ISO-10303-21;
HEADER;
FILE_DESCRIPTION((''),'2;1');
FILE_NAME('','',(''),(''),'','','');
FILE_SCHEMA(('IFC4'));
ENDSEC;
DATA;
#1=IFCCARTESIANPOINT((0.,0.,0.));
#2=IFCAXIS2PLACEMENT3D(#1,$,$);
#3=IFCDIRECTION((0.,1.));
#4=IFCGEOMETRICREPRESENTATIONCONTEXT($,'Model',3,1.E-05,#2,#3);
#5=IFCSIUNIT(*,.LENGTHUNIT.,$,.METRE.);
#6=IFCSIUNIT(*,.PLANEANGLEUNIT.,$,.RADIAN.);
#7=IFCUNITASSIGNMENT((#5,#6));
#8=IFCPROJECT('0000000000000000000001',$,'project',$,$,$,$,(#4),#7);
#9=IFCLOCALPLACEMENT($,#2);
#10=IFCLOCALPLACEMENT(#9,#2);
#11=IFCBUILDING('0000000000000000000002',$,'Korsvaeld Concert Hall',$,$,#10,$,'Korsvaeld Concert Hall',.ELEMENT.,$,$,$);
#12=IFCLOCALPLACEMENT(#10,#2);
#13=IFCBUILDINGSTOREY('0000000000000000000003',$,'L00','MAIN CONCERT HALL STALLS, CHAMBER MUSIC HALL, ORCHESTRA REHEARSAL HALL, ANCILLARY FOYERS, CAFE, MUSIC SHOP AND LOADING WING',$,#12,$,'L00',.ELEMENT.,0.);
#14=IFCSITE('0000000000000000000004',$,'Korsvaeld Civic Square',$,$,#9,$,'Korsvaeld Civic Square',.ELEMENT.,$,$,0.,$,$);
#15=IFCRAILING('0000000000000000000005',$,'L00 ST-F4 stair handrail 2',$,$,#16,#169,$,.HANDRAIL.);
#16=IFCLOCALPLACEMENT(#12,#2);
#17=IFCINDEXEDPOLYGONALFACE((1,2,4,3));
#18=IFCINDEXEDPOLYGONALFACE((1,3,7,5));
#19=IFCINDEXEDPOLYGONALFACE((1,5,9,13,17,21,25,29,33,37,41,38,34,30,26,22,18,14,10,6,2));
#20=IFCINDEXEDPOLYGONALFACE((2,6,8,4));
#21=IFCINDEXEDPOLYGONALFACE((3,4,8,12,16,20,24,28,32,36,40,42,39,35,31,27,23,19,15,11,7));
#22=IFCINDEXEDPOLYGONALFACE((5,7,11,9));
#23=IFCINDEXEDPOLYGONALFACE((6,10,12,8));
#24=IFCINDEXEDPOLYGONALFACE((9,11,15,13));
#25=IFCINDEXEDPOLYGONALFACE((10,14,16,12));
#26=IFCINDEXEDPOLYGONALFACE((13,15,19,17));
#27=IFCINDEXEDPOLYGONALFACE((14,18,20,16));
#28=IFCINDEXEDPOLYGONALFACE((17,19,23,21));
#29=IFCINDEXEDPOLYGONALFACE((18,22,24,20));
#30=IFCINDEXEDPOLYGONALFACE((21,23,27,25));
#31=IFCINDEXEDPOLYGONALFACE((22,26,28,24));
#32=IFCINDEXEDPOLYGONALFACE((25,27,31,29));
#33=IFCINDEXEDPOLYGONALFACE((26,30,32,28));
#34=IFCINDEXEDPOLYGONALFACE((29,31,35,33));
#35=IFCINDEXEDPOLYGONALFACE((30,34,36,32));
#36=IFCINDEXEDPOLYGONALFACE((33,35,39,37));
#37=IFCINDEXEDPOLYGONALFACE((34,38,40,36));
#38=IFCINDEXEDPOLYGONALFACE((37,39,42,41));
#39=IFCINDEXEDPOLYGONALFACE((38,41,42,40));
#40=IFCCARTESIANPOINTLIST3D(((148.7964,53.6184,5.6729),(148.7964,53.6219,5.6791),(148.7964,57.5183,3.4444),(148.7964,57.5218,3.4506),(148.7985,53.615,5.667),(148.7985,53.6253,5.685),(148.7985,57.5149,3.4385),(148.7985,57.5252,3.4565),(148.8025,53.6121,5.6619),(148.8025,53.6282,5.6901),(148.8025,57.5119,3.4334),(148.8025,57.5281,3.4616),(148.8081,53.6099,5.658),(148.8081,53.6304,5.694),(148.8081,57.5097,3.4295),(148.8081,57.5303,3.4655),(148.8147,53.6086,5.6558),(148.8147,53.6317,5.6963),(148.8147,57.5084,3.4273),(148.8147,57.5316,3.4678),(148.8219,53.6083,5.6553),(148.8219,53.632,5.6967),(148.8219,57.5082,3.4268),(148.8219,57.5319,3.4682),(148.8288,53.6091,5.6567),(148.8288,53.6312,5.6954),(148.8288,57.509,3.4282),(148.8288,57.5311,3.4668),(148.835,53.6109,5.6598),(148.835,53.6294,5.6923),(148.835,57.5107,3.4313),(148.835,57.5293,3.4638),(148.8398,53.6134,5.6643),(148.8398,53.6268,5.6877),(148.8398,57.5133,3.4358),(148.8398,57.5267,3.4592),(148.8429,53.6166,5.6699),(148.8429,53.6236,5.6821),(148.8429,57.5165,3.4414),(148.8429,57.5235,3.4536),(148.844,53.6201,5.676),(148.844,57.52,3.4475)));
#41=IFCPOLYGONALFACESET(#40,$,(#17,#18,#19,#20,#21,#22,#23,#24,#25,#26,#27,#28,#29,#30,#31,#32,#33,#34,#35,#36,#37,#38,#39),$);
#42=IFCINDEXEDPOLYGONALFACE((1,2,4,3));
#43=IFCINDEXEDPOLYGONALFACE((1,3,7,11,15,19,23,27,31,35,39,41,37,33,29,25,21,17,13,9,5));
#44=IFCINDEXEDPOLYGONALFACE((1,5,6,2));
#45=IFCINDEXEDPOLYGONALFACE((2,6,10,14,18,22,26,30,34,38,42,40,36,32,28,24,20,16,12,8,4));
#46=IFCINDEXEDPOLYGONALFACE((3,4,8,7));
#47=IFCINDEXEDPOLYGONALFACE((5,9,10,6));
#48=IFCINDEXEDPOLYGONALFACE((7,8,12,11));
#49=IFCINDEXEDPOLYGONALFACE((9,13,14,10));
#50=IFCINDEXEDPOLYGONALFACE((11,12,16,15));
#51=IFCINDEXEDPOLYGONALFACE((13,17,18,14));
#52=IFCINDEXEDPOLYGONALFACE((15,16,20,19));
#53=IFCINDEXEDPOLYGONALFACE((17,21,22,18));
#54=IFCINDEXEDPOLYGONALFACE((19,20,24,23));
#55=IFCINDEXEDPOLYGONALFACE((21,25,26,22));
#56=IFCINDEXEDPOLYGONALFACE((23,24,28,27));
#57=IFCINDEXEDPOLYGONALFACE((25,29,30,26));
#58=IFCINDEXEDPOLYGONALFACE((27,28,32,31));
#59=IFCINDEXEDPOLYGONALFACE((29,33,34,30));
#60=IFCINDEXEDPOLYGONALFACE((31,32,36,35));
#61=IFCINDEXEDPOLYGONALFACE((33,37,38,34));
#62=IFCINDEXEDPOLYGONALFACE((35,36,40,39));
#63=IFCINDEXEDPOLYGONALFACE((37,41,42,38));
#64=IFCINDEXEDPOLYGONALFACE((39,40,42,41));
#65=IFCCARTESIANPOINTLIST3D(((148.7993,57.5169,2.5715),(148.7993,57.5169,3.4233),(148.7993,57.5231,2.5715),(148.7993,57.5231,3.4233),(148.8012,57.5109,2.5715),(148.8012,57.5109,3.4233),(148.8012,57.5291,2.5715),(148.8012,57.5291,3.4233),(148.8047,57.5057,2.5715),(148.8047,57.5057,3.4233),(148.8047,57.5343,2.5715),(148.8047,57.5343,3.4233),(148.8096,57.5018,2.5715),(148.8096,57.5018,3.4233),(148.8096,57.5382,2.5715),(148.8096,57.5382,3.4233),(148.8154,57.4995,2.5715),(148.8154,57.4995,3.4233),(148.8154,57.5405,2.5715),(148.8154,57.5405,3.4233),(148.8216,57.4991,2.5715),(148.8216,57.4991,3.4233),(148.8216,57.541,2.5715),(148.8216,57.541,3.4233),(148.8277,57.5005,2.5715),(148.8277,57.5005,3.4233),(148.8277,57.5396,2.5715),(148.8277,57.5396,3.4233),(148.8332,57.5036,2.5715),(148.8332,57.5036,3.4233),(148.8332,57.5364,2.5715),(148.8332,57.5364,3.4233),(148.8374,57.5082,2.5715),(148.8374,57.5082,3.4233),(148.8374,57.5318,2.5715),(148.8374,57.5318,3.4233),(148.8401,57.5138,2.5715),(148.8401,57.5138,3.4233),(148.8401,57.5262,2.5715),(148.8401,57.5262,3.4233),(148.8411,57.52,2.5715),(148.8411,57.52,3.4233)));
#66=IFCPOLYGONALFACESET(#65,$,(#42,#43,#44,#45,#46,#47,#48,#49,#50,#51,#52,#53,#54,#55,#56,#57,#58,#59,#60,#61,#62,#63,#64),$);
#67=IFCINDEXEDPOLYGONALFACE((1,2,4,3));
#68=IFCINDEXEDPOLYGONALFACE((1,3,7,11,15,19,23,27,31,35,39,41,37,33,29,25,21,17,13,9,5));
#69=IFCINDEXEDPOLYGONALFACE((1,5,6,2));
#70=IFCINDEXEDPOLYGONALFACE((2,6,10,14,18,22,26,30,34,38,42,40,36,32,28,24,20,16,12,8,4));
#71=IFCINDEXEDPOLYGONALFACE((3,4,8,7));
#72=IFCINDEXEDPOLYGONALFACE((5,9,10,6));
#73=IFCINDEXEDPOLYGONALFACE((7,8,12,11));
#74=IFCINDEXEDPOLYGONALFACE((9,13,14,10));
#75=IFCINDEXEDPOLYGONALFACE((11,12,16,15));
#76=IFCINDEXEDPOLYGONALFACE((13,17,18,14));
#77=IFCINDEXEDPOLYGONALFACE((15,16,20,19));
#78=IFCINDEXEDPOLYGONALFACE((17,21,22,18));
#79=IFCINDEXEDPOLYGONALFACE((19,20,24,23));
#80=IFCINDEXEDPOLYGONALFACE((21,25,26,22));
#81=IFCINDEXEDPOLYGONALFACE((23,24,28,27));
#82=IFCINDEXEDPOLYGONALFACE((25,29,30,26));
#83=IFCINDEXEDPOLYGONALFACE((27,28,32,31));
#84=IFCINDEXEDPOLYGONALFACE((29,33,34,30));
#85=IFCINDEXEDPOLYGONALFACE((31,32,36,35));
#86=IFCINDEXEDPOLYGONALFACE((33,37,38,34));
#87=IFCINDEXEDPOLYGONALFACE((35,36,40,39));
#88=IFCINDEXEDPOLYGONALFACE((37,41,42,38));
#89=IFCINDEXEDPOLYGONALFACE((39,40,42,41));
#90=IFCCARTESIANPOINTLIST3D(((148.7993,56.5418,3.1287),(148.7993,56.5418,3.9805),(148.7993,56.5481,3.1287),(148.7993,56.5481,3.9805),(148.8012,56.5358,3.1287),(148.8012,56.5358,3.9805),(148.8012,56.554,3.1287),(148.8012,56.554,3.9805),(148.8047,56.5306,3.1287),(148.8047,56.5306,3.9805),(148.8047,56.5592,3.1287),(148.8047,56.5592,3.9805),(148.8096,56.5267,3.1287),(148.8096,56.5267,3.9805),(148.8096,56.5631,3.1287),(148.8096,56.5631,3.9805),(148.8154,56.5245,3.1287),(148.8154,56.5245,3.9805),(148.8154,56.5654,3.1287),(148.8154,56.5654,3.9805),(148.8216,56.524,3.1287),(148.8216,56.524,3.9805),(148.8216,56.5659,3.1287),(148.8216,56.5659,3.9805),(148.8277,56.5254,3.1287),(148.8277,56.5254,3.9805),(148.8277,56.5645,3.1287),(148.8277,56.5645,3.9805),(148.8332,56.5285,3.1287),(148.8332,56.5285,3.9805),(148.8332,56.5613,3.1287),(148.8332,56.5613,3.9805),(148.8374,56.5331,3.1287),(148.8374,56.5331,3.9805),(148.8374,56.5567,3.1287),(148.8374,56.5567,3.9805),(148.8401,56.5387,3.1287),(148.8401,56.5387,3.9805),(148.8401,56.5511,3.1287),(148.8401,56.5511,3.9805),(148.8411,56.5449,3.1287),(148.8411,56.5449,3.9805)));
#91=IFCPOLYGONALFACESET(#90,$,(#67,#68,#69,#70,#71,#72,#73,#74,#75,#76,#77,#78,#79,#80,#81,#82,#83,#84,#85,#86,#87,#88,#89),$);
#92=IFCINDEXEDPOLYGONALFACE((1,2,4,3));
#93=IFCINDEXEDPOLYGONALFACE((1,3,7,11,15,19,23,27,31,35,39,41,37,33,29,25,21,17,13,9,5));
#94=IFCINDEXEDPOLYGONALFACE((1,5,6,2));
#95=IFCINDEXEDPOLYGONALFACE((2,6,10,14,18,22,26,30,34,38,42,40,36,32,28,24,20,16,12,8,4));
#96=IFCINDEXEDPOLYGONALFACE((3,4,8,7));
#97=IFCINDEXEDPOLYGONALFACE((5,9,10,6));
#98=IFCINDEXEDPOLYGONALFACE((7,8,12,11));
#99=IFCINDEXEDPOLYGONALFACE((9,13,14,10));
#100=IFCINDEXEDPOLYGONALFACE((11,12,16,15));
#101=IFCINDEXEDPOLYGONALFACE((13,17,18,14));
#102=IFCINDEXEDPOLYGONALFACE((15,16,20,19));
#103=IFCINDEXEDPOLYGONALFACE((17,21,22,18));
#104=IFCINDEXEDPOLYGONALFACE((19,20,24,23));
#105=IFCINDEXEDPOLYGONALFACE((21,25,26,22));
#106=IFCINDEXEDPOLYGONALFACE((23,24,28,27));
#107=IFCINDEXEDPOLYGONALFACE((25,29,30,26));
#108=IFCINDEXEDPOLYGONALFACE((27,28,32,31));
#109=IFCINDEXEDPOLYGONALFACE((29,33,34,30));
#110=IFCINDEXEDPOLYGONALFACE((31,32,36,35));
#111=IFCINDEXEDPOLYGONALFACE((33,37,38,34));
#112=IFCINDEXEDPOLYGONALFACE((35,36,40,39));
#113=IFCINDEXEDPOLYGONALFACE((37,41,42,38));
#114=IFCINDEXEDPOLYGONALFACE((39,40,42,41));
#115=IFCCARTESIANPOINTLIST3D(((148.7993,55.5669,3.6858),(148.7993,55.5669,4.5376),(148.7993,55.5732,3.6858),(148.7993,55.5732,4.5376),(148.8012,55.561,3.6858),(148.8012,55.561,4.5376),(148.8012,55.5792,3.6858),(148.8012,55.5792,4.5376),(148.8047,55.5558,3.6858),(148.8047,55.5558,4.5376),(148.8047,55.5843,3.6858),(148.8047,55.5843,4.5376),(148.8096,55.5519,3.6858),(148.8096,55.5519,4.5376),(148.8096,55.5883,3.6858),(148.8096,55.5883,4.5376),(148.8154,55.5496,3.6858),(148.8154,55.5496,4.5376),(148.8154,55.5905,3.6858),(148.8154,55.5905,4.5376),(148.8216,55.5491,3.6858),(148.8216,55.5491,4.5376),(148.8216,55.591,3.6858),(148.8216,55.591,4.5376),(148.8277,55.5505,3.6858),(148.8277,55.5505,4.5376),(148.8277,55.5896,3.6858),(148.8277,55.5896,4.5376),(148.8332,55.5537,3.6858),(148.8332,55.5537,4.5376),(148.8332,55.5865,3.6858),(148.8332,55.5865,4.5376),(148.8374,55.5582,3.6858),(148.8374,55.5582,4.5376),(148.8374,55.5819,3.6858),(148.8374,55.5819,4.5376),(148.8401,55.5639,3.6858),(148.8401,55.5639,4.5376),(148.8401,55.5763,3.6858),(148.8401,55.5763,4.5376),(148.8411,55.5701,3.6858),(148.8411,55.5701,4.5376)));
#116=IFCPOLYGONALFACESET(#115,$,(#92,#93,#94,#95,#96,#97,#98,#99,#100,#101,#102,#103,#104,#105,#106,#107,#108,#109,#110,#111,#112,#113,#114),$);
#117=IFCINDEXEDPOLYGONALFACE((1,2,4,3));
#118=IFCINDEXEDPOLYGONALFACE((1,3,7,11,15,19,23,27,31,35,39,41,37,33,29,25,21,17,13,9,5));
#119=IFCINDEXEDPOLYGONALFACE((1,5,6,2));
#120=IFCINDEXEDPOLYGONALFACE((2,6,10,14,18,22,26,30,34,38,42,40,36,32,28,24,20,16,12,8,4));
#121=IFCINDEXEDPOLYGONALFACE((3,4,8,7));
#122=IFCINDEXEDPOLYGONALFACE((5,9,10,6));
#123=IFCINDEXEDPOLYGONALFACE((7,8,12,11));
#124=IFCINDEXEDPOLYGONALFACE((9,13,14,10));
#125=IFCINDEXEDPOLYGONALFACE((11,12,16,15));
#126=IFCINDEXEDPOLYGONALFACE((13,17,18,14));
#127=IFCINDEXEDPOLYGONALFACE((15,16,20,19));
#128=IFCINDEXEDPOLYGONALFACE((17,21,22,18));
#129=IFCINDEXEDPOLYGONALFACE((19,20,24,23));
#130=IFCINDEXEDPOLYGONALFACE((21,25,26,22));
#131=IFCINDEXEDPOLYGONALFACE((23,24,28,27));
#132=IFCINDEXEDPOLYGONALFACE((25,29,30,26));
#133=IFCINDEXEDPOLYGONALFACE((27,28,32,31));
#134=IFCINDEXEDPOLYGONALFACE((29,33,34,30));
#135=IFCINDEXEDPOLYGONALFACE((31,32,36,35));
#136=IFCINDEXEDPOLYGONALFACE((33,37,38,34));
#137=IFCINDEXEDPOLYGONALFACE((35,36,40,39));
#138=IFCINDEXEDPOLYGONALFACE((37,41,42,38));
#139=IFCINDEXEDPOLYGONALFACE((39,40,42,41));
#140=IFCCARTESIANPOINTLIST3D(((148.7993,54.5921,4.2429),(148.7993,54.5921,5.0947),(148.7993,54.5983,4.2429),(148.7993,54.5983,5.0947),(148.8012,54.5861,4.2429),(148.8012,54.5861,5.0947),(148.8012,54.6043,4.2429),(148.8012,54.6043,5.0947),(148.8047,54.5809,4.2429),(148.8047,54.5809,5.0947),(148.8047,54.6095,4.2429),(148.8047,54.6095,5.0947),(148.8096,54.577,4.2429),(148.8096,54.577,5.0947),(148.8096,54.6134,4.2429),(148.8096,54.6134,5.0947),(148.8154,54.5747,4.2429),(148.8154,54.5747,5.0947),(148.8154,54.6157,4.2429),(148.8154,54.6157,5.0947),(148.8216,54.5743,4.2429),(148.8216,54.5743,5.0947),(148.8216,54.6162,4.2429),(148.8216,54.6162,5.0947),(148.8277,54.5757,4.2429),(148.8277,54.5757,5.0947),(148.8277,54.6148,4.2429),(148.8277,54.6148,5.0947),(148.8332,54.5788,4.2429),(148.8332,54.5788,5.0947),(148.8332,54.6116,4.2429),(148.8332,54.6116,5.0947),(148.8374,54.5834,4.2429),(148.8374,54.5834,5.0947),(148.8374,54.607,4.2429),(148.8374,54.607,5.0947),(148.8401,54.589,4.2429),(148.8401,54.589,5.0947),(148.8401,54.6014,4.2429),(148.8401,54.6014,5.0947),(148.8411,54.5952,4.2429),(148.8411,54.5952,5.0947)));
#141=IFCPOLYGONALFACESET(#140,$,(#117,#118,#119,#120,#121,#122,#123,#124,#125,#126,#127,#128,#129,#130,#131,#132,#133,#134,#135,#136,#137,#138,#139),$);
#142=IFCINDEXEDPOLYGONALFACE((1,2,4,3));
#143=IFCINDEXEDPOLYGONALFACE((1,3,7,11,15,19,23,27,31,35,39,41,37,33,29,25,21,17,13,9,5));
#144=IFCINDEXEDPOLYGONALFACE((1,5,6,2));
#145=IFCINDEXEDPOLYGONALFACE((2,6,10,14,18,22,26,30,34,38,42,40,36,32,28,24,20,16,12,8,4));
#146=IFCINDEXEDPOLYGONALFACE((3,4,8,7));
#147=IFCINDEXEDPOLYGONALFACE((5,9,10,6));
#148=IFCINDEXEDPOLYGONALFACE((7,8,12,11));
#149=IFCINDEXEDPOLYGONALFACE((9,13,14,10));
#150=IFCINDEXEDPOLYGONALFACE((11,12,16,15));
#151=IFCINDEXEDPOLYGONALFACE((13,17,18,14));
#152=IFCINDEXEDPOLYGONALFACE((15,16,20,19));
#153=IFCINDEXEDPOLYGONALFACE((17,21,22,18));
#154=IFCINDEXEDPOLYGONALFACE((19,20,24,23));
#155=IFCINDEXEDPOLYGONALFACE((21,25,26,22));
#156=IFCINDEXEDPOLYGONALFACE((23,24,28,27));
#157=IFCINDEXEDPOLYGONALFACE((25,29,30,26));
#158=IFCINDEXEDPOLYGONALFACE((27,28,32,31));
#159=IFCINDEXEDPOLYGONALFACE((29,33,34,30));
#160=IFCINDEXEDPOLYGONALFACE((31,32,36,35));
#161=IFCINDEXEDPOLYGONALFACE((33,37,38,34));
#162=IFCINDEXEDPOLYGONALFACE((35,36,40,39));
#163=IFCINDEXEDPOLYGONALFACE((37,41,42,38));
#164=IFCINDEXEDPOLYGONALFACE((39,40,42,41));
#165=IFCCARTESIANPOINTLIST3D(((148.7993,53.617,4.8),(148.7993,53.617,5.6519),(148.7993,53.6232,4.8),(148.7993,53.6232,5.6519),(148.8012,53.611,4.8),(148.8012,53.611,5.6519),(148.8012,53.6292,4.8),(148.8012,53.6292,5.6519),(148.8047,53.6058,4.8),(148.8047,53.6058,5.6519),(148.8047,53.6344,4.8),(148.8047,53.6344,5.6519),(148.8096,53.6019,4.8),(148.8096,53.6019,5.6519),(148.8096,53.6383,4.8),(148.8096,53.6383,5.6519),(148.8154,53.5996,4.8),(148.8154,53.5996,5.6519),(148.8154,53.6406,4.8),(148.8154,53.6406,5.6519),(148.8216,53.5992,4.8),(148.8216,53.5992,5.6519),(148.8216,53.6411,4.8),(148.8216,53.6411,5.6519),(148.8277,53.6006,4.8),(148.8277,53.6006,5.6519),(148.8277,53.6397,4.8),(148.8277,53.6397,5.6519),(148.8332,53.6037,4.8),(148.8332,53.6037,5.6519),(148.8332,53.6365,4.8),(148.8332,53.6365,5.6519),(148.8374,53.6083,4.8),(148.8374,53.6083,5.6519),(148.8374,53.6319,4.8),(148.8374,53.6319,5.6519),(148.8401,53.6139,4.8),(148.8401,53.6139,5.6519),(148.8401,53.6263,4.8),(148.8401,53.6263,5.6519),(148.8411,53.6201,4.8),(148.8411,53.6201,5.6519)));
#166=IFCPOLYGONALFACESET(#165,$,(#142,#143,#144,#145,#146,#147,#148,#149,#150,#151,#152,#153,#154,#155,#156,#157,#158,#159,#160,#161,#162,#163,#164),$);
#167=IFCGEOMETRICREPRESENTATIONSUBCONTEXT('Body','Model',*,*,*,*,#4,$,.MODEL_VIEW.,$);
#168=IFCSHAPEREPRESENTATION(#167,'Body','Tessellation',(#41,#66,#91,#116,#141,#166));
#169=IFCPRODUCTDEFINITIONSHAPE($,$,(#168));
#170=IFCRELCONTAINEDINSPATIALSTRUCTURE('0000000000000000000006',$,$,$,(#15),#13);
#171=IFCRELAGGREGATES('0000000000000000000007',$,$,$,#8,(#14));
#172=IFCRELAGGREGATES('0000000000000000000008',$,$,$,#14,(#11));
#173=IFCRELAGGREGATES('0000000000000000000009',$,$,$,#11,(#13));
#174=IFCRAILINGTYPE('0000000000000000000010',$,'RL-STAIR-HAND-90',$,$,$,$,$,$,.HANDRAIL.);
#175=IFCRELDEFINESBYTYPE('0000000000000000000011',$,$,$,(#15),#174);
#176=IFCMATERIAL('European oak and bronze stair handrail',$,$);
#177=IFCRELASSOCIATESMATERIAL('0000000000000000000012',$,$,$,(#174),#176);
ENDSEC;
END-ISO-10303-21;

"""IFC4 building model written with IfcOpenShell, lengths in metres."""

from ifc_helpers import new_model, si_unit, direction, frame, origin, origin_2d, place, context, subcontext, project, spatial, circle, extrude, material, type_object, element, save


model = new_model("IFC4")

# Units and contexts
model_context = context("Model", 3, precision=1e-05, world=origin(), true_north=direction((0.0, 1.0)))
body_context = subcontext(model_context, "Body", "Model", "MODEL_VIEW")
ifc_project = project(units=[si_unit("LENGTHUNIT", "METRE"), si_unit("PLANEANGLEUNIT", "RADIAN")], contexts=[model_context])

# Site, building, storey
site_placement = place(None, origin())
site = spatial("IfcSite", under=ifc_project, at=site_placement, Name="Korsvaeld Civic Square", LongName="Korsvaeld Civic Square", CompositionType="ELEMENT", RefElevation=0.0)
building_placement = place(site_placement, origin())
building = spatial("IfcBuilding", under=site, at=building_placement, Name="Korsvaeld Concert Hall", LongName="Korsvaeld Concert Hall", CompositionType="ELEMENT")
storey_placement = place(building_placement, origin())
storey = spatial("IfcBuildingStorey", under=building, at=storey_placement, Name="L00", Description="MAIN CONCERT HALL STALLS, CHAMBER MUSIC HALL, ORCHESTRA REHEARSAL HALL, ANCILLARY FOYERS, CAFE, MUSIC SHOP AND LOADING WING", LongName="L00", CompositionType="ELEMENT", Elevation=0.0)

# Railing
ifc_material_1 = material(Name="European oak and bronze stair handrail")
railing_type_1 = type_object("IfcRailingType", Name="RL-STAIR-HAND-90", PredefinedType="HANDRAIL", material=ifc_material_1)
railing_1_placement = place(storey_placement, frame((148.8201, 57.52, 2.5715)))
element("IfcRailing", 1, at=railing_1_placement, inside=storey, type_object=railing_type_1, Name="L00 ST-F4 stair handrail 2", PredefinedType="HANDRAIL", context=body_context, shape_type="SweptSolid", body=[
    extrude(circle(Radius=0.0239, at=origin_2d()), frame((0.0, 0.0, 0.876), z_axis=(0.0, -0.868243, 0.496139), x_axis=(1.0, 0.0, 0.0)), (0.0, 0.0, 1.0), 4.4917),
    extrude(circle(Radius=0.021, at=origin_2d()), origin(), (0.0, 0.0, 1.0), 0.8518),
    extrude(circle(Radius=0.021, at=origin_2d()), frame((0.0, -0.9751, 0.5571)), (0.0, 0.0, 1.0), 0.8518),
    extrude(circle(Radius=0.021, at=origin_2d()), frame((0.0, -1.95, 1.1143)), (0.0, 0.0, 1.0), 0.8518),
    extrude(circle(Radius=0.021, at=origin_2d()), frame((0.0, -2.9248, 1.6714)), (0.0, 0.0, 1.0), 0.8518),
    extrude(circle(Radius=0.021, at=origin_2d()), frame((0.0, -3.8999, 2.2285)), (0.0, 0.0, 1.0), 0.8518),
])

save(model, "model.ifc")
